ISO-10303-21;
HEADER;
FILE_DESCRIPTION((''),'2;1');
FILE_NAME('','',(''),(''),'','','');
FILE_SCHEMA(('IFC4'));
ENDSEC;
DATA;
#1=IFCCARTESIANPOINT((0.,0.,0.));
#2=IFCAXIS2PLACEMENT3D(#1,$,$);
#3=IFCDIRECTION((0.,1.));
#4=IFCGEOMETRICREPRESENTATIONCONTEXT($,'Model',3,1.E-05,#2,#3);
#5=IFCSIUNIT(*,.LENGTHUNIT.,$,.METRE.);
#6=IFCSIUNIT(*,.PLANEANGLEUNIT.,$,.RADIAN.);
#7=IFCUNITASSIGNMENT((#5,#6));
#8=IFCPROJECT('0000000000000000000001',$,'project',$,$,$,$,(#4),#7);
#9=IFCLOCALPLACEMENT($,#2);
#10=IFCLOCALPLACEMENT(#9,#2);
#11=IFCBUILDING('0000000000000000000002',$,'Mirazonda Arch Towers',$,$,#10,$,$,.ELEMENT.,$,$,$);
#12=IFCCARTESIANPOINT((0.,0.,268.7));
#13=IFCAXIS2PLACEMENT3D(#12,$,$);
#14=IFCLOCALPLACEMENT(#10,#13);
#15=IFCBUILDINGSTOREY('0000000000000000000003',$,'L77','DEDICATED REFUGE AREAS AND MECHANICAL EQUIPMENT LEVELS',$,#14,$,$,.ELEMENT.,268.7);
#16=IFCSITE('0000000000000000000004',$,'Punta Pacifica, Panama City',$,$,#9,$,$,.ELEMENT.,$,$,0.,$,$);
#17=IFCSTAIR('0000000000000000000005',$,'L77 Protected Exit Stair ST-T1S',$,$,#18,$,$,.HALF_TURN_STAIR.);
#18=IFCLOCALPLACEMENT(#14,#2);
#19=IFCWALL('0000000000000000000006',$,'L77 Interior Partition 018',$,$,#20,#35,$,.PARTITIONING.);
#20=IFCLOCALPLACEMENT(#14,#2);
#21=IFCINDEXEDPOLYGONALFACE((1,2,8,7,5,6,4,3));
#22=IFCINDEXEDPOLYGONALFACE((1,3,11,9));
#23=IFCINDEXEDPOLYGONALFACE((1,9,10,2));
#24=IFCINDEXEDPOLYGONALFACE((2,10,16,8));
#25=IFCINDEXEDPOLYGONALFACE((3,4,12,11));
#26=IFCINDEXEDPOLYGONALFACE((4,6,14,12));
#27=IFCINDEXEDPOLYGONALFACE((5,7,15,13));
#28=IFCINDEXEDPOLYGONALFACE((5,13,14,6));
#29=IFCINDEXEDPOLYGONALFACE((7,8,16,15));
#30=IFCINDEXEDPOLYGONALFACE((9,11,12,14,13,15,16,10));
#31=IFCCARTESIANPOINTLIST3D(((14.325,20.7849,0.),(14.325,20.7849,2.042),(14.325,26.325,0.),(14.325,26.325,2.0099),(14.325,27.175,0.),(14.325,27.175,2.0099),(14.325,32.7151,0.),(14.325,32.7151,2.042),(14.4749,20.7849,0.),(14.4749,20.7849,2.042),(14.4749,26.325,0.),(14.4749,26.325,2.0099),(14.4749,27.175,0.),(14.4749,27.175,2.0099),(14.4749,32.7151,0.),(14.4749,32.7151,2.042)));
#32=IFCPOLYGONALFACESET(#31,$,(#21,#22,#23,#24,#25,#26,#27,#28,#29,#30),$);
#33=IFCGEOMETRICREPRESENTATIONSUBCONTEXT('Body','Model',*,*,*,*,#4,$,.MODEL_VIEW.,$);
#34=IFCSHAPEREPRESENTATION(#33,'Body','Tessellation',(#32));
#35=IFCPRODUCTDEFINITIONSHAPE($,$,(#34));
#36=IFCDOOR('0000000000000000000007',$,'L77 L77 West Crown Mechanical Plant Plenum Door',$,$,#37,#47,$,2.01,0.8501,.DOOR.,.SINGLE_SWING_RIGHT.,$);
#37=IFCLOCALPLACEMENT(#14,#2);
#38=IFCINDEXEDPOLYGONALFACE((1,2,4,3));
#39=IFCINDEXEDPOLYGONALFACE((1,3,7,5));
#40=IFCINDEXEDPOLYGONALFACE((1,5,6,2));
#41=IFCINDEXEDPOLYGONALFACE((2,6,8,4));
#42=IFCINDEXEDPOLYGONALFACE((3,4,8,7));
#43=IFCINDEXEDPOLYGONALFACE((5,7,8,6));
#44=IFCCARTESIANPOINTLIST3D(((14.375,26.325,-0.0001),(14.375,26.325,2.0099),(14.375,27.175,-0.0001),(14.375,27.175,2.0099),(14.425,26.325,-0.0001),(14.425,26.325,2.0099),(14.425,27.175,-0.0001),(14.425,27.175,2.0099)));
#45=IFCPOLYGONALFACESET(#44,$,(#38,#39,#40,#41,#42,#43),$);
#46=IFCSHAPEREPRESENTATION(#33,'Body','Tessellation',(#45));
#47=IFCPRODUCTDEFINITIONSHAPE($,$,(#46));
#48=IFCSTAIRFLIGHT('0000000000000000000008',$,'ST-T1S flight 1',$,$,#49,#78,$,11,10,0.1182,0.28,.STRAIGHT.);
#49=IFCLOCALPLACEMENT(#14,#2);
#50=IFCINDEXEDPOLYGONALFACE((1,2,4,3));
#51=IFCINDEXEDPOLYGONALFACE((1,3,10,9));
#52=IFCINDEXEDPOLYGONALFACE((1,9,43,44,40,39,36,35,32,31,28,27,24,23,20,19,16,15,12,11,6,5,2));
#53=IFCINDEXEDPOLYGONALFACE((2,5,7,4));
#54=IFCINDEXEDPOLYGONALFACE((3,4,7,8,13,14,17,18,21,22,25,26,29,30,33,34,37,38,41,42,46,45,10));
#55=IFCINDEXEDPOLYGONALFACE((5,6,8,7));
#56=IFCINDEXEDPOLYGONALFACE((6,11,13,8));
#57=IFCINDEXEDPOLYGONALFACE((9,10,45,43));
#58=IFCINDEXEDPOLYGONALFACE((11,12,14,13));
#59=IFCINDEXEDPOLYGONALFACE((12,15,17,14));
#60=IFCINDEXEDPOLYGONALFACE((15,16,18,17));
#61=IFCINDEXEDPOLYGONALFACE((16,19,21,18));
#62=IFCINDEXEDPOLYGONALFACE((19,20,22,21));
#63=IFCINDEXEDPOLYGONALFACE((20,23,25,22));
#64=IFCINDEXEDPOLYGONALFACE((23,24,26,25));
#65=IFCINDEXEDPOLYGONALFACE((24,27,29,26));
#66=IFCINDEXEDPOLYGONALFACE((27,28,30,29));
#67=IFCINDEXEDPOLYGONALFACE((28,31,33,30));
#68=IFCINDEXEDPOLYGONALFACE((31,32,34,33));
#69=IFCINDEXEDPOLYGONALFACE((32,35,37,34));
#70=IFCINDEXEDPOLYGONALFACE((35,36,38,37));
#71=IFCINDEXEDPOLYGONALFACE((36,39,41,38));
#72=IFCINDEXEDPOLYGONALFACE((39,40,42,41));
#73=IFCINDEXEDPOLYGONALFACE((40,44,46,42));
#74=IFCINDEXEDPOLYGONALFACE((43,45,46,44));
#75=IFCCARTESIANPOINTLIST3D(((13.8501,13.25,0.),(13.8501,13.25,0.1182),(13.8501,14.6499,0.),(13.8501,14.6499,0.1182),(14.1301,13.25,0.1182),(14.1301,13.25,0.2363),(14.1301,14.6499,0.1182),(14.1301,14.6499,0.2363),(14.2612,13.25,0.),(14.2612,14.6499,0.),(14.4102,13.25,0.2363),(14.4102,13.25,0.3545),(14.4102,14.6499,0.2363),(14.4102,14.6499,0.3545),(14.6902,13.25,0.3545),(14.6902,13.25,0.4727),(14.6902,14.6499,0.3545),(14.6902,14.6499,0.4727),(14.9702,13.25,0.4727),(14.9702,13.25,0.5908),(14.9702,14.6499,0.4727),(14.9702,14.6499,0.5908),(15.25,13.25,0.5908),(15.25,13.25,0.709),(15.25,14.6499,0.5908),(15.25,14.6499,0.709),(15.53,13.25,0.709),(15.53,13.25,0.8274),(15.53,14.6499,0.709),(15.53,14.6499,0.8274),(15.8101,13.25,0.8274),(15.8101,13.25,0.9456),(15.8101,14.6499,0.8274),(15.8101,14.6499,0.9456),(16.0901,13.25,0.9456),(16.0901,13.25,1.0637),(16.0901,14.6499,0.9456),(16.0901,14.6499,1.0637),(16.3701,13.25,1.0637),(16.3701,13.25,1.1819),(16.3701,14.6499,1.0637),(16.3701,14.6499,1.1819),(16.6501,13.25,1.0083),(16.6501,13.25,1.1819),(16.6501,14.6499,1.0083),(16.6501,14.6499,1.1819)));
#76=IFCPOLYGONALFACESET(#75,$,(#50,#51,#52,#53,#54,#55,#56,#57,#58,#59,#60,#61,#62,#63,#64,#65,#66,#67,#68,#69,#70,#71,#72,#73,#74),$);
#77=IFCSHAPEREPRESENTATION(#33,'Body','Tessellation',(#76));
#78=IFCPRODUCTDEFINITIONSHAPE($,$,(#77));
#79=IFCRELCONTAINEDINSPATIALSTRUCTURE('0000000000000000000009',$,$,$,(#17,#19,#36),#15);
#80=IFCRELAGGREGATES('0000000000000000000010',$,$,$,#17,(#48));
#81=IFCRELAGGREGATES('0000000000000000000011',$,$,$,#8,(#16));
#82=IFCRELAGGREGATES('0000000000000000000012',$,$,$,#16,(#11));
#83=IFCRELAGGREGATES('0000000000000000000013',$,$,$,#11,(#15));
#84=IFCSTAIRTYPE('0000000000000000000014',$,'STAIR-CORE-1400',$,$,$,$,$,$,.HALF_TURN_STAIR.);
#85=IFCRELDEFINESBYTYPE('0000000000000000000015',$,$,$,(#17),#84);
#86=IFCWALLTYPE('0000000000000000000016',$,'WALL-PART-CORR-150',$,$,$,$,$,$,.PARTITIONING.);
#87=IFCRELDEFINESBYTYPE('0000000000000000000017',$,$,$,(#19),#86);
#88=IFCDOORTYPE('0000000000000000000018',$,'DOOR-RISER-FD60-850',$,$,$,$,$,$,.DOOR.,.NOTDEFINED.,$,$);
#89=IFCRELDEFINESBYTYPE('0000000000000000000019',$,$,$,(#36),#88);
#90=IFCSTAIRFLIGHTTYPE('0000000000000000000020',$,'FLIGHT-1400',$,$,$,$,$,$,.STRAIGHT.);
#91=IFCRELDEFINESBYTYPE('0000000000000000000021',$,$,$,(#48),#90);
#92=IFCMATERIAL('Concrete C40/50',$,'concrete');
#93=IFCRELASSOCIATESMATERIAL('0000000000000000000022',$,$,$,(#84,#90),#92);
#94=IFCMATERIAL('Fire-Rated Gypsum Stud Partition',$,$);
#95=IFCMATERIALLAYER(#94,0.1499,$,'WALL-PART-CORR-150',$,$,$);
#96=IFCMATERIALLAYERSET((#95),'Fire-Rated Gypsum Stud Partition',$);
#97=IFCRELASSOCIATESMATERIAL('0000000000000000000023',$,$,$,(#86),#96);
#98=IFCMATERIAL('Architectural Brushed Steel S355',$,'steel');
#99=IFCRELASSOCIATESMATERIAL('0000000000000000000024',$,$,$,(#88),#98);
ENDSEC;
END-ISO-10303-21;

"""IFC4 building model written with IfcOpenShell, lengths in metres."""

from ifc_helpers import new_model, si_unit, direction, frame, frame_2d, origin, place, context, subcontext, project, spatial, polyline, rectangle, outline, extrude, material, layer, layer_set, type_object, element, fill, aggregate, save


model = new_model("IFC4")

# Units and contexts
model_context = context("Model", 3, precision=1e-05, world=origin(), true_north=direction((0.0, 1.0)))
body_context = subcontext(model_context, "Body", "Model", "MODEL_VIEW")
ifc_project = project(units=[si_unit("LENGTHUNIT", "METRE"), si_unit("PLANEANGLEUNIT", "RADIAN")], contexts=[model_context])

# Site, building, storey
site_placement = place(None, origin())
site = spatial("IfcSite", under=ifc_project, at=site_placement, Name="Punta Pacifica, Panama City", CompositionType="ELEMENT", RefElevation=0.0)
building_placement = place(site_placement, origin())
building = spatial("IfcBuilding", under=site, at=building_placement, Name="Mirazonda Arch Towers", CompositionType="ELEMENT")
storey_placement = place(building_placement, frame((0.0, 0.0, 268.7)))
storey = spatial("IfcBuildingStorey", under=building, at=storey_placement, Name="L77", Description="DEDICATED REFUGE AREAS AND MECHANICAL EQUIPMENT LEVELS", CompositionType="ELEMENT", Elevation=268.7)

# Stair
ifc_material_1 = material(Name="Concrete C40/50", Category="concrete")
stair_type = type_object("IfcStairType", Name="STAIR-CORE-1400", PredefinedType="HALF_TURN_STAIR", material=ifc_material_1)
stair_1_placement = place(storey_placement, origin())
stair_1 = element("IfcStair", 1, at=stair_1_placement, inside=storey, type_object=stair_type, Name="L77 Protected Exit Stair ST-T1S", PredefinedType="HALF_TURN_STAIR")

# Shared definitions
ifc_material_2 = material(Name="Architectural Brushed Steel S355", Category="steel")

# Shared definitions
ifc_material_3 = material(Name="Fire-Rated Gypsum Stud Partition")
ifc_layer_1 = layer(ifc_material_3, 0.1499, Name="WALL-PART-CORR-150")
ifc_layer_set_1 = layer_set([ifc_layer_1], Name="Fire-Rated Gypsum Stud Partition")
wall_type_1 = type_object("IfcWallType", Name="WALL-PART-CORR-150", PredefinedType="PARTITIONING", material=ifc_layer_set_1)

# Wall, opening, door
wall_1_placement = place(storey_placement, frame((14.3999, 20.7849, 0.0), z_axis=(0.0, 0.0, 1.0), x_axis=(0.0, 1.0, 0.0)))
wall_1 = element("IfcWall", 2, at=wall_1_placement, inside=storey, type_object=wall_type_1, Name="L77 Interior Partition 018", PredefinedType="PARTITIONING", context=body_context, shape_type="SweptSolid", body=[
    extrude(rectangle(XDim=11.9302, YDim=0.1499, at=frame_2d((5.9651, 0.0))), origin(), (0.0, 0.0, 1.0), 2.042),
])
opening_1_placement = place(wall_1_placement, frame((5.54, 0.0, 0.0)))
opening_1 = element("IfcOpeningElement", 3, at=opening_1_placement, cuts=wall_1, PredefinedType="OPENING", context=body_context, shape_type="SweptSolid", body=[
    extrude(rectangle(XDim=0.8501, YDim=2.01, at=frame_2d((0.425, 1.0049))), frame((0.0, 0.085, 0.0), z_axis=(0.0, -1.0, 0.0), x_axis=(1.0, 0.0, 0.0)), (0.0, 0.0, 1.0), 0.1699),
])
door_type_1 = type_object("IfcDoorType", Name="DOOR-RISER-FD60-850", OperationType="NOTDEFINED", PredefinedType="DOOR", material=ifc_material_2)
door_1_placement = place(opening_1_placement, origin())
door_1 = element("IfcDoor", 4, at=door_1_placement, inside=storey, type_object=door_type_1, Name="L77 L77 West Crown Mechanical Plant Plenum Door", OperationType="SINGLE_SWING_RIGHT", OverallHeight=2.01, OverallWidth=0.8501, PredefinedType="DOOR", context=body_context, shape_type="SweptSolid", body=[
    extrude(rectangle(XDim=0.8501, YDim=2.01, at=frame_2d((0.425, 1.0049))), frame((0.0, 0.0249, 0.0), z_axis=(0.0, -1.0, 0.0), x_axis=(1.0, 0.0, 0.0)), (0.0, 0.0, 1.0), 0.05),
])
fill(opening_1, door_1)

# Stair flight
stair_flight_type = type_object("IfcStairFlightType", Name="FLIGHT-1400", PredefinedType="STRAIGHT", material=ifc_material_1)
stair_flight_placement = place(storey_placement, frame((13.8501, 13.95, 0.0), z_axis=(0.0, 0.0, 1.0), x_axis=(1.0, 0.0, 0.0)))
stair_flight = element("IfcStairFlight", 5, at=stair_flight_placement, type_object=stair_flight_type, Name="ST-T1S flight 1", NumberOfRisers=11, NumberOfTreads=10, PredefinedType="STRAIGHT", RiserHeight=0.1182, TreadLength=0.28, context=body_context, shape_type="SweptSolid", body=[
    extrude(outline(polyline([(0.0, 0.0), (0.0, 0.1182), (0.28, 0.1182), (0.28, 0.2363), (0.5601, 0.2363), (0.5601, 0.3545), (0.8401, 0.3545), (0.8401, 0.4727), (1.1201, 0.4727), (1.1201, 0.5908), (1.3999, 0.5908), (1.3999, 0.709), (1.6799, 0.709), (1.6799, 0.8274), (1.96, 0.8274), (1.96, 0.9456), (2.24, 0.9456), (2.24, 1.0637), (2.52, 1.0637), (2.52, 1.1819), (2.8, 1.1819), (2.8, 1.3), (2.8, 1.0083), (0.4111, 0.0), (0.0, 0.0)])), frame((0.0, 0.7, 0.0), z_axis=(0.0, -1.0, 0.0), x_axis=(1.0, 0.0, 0.0)), (0.0, 0.0, 1.0), 1.3999),
])
aggregate(stair_1, [stair_flight])

save(model, "model.ifc")
